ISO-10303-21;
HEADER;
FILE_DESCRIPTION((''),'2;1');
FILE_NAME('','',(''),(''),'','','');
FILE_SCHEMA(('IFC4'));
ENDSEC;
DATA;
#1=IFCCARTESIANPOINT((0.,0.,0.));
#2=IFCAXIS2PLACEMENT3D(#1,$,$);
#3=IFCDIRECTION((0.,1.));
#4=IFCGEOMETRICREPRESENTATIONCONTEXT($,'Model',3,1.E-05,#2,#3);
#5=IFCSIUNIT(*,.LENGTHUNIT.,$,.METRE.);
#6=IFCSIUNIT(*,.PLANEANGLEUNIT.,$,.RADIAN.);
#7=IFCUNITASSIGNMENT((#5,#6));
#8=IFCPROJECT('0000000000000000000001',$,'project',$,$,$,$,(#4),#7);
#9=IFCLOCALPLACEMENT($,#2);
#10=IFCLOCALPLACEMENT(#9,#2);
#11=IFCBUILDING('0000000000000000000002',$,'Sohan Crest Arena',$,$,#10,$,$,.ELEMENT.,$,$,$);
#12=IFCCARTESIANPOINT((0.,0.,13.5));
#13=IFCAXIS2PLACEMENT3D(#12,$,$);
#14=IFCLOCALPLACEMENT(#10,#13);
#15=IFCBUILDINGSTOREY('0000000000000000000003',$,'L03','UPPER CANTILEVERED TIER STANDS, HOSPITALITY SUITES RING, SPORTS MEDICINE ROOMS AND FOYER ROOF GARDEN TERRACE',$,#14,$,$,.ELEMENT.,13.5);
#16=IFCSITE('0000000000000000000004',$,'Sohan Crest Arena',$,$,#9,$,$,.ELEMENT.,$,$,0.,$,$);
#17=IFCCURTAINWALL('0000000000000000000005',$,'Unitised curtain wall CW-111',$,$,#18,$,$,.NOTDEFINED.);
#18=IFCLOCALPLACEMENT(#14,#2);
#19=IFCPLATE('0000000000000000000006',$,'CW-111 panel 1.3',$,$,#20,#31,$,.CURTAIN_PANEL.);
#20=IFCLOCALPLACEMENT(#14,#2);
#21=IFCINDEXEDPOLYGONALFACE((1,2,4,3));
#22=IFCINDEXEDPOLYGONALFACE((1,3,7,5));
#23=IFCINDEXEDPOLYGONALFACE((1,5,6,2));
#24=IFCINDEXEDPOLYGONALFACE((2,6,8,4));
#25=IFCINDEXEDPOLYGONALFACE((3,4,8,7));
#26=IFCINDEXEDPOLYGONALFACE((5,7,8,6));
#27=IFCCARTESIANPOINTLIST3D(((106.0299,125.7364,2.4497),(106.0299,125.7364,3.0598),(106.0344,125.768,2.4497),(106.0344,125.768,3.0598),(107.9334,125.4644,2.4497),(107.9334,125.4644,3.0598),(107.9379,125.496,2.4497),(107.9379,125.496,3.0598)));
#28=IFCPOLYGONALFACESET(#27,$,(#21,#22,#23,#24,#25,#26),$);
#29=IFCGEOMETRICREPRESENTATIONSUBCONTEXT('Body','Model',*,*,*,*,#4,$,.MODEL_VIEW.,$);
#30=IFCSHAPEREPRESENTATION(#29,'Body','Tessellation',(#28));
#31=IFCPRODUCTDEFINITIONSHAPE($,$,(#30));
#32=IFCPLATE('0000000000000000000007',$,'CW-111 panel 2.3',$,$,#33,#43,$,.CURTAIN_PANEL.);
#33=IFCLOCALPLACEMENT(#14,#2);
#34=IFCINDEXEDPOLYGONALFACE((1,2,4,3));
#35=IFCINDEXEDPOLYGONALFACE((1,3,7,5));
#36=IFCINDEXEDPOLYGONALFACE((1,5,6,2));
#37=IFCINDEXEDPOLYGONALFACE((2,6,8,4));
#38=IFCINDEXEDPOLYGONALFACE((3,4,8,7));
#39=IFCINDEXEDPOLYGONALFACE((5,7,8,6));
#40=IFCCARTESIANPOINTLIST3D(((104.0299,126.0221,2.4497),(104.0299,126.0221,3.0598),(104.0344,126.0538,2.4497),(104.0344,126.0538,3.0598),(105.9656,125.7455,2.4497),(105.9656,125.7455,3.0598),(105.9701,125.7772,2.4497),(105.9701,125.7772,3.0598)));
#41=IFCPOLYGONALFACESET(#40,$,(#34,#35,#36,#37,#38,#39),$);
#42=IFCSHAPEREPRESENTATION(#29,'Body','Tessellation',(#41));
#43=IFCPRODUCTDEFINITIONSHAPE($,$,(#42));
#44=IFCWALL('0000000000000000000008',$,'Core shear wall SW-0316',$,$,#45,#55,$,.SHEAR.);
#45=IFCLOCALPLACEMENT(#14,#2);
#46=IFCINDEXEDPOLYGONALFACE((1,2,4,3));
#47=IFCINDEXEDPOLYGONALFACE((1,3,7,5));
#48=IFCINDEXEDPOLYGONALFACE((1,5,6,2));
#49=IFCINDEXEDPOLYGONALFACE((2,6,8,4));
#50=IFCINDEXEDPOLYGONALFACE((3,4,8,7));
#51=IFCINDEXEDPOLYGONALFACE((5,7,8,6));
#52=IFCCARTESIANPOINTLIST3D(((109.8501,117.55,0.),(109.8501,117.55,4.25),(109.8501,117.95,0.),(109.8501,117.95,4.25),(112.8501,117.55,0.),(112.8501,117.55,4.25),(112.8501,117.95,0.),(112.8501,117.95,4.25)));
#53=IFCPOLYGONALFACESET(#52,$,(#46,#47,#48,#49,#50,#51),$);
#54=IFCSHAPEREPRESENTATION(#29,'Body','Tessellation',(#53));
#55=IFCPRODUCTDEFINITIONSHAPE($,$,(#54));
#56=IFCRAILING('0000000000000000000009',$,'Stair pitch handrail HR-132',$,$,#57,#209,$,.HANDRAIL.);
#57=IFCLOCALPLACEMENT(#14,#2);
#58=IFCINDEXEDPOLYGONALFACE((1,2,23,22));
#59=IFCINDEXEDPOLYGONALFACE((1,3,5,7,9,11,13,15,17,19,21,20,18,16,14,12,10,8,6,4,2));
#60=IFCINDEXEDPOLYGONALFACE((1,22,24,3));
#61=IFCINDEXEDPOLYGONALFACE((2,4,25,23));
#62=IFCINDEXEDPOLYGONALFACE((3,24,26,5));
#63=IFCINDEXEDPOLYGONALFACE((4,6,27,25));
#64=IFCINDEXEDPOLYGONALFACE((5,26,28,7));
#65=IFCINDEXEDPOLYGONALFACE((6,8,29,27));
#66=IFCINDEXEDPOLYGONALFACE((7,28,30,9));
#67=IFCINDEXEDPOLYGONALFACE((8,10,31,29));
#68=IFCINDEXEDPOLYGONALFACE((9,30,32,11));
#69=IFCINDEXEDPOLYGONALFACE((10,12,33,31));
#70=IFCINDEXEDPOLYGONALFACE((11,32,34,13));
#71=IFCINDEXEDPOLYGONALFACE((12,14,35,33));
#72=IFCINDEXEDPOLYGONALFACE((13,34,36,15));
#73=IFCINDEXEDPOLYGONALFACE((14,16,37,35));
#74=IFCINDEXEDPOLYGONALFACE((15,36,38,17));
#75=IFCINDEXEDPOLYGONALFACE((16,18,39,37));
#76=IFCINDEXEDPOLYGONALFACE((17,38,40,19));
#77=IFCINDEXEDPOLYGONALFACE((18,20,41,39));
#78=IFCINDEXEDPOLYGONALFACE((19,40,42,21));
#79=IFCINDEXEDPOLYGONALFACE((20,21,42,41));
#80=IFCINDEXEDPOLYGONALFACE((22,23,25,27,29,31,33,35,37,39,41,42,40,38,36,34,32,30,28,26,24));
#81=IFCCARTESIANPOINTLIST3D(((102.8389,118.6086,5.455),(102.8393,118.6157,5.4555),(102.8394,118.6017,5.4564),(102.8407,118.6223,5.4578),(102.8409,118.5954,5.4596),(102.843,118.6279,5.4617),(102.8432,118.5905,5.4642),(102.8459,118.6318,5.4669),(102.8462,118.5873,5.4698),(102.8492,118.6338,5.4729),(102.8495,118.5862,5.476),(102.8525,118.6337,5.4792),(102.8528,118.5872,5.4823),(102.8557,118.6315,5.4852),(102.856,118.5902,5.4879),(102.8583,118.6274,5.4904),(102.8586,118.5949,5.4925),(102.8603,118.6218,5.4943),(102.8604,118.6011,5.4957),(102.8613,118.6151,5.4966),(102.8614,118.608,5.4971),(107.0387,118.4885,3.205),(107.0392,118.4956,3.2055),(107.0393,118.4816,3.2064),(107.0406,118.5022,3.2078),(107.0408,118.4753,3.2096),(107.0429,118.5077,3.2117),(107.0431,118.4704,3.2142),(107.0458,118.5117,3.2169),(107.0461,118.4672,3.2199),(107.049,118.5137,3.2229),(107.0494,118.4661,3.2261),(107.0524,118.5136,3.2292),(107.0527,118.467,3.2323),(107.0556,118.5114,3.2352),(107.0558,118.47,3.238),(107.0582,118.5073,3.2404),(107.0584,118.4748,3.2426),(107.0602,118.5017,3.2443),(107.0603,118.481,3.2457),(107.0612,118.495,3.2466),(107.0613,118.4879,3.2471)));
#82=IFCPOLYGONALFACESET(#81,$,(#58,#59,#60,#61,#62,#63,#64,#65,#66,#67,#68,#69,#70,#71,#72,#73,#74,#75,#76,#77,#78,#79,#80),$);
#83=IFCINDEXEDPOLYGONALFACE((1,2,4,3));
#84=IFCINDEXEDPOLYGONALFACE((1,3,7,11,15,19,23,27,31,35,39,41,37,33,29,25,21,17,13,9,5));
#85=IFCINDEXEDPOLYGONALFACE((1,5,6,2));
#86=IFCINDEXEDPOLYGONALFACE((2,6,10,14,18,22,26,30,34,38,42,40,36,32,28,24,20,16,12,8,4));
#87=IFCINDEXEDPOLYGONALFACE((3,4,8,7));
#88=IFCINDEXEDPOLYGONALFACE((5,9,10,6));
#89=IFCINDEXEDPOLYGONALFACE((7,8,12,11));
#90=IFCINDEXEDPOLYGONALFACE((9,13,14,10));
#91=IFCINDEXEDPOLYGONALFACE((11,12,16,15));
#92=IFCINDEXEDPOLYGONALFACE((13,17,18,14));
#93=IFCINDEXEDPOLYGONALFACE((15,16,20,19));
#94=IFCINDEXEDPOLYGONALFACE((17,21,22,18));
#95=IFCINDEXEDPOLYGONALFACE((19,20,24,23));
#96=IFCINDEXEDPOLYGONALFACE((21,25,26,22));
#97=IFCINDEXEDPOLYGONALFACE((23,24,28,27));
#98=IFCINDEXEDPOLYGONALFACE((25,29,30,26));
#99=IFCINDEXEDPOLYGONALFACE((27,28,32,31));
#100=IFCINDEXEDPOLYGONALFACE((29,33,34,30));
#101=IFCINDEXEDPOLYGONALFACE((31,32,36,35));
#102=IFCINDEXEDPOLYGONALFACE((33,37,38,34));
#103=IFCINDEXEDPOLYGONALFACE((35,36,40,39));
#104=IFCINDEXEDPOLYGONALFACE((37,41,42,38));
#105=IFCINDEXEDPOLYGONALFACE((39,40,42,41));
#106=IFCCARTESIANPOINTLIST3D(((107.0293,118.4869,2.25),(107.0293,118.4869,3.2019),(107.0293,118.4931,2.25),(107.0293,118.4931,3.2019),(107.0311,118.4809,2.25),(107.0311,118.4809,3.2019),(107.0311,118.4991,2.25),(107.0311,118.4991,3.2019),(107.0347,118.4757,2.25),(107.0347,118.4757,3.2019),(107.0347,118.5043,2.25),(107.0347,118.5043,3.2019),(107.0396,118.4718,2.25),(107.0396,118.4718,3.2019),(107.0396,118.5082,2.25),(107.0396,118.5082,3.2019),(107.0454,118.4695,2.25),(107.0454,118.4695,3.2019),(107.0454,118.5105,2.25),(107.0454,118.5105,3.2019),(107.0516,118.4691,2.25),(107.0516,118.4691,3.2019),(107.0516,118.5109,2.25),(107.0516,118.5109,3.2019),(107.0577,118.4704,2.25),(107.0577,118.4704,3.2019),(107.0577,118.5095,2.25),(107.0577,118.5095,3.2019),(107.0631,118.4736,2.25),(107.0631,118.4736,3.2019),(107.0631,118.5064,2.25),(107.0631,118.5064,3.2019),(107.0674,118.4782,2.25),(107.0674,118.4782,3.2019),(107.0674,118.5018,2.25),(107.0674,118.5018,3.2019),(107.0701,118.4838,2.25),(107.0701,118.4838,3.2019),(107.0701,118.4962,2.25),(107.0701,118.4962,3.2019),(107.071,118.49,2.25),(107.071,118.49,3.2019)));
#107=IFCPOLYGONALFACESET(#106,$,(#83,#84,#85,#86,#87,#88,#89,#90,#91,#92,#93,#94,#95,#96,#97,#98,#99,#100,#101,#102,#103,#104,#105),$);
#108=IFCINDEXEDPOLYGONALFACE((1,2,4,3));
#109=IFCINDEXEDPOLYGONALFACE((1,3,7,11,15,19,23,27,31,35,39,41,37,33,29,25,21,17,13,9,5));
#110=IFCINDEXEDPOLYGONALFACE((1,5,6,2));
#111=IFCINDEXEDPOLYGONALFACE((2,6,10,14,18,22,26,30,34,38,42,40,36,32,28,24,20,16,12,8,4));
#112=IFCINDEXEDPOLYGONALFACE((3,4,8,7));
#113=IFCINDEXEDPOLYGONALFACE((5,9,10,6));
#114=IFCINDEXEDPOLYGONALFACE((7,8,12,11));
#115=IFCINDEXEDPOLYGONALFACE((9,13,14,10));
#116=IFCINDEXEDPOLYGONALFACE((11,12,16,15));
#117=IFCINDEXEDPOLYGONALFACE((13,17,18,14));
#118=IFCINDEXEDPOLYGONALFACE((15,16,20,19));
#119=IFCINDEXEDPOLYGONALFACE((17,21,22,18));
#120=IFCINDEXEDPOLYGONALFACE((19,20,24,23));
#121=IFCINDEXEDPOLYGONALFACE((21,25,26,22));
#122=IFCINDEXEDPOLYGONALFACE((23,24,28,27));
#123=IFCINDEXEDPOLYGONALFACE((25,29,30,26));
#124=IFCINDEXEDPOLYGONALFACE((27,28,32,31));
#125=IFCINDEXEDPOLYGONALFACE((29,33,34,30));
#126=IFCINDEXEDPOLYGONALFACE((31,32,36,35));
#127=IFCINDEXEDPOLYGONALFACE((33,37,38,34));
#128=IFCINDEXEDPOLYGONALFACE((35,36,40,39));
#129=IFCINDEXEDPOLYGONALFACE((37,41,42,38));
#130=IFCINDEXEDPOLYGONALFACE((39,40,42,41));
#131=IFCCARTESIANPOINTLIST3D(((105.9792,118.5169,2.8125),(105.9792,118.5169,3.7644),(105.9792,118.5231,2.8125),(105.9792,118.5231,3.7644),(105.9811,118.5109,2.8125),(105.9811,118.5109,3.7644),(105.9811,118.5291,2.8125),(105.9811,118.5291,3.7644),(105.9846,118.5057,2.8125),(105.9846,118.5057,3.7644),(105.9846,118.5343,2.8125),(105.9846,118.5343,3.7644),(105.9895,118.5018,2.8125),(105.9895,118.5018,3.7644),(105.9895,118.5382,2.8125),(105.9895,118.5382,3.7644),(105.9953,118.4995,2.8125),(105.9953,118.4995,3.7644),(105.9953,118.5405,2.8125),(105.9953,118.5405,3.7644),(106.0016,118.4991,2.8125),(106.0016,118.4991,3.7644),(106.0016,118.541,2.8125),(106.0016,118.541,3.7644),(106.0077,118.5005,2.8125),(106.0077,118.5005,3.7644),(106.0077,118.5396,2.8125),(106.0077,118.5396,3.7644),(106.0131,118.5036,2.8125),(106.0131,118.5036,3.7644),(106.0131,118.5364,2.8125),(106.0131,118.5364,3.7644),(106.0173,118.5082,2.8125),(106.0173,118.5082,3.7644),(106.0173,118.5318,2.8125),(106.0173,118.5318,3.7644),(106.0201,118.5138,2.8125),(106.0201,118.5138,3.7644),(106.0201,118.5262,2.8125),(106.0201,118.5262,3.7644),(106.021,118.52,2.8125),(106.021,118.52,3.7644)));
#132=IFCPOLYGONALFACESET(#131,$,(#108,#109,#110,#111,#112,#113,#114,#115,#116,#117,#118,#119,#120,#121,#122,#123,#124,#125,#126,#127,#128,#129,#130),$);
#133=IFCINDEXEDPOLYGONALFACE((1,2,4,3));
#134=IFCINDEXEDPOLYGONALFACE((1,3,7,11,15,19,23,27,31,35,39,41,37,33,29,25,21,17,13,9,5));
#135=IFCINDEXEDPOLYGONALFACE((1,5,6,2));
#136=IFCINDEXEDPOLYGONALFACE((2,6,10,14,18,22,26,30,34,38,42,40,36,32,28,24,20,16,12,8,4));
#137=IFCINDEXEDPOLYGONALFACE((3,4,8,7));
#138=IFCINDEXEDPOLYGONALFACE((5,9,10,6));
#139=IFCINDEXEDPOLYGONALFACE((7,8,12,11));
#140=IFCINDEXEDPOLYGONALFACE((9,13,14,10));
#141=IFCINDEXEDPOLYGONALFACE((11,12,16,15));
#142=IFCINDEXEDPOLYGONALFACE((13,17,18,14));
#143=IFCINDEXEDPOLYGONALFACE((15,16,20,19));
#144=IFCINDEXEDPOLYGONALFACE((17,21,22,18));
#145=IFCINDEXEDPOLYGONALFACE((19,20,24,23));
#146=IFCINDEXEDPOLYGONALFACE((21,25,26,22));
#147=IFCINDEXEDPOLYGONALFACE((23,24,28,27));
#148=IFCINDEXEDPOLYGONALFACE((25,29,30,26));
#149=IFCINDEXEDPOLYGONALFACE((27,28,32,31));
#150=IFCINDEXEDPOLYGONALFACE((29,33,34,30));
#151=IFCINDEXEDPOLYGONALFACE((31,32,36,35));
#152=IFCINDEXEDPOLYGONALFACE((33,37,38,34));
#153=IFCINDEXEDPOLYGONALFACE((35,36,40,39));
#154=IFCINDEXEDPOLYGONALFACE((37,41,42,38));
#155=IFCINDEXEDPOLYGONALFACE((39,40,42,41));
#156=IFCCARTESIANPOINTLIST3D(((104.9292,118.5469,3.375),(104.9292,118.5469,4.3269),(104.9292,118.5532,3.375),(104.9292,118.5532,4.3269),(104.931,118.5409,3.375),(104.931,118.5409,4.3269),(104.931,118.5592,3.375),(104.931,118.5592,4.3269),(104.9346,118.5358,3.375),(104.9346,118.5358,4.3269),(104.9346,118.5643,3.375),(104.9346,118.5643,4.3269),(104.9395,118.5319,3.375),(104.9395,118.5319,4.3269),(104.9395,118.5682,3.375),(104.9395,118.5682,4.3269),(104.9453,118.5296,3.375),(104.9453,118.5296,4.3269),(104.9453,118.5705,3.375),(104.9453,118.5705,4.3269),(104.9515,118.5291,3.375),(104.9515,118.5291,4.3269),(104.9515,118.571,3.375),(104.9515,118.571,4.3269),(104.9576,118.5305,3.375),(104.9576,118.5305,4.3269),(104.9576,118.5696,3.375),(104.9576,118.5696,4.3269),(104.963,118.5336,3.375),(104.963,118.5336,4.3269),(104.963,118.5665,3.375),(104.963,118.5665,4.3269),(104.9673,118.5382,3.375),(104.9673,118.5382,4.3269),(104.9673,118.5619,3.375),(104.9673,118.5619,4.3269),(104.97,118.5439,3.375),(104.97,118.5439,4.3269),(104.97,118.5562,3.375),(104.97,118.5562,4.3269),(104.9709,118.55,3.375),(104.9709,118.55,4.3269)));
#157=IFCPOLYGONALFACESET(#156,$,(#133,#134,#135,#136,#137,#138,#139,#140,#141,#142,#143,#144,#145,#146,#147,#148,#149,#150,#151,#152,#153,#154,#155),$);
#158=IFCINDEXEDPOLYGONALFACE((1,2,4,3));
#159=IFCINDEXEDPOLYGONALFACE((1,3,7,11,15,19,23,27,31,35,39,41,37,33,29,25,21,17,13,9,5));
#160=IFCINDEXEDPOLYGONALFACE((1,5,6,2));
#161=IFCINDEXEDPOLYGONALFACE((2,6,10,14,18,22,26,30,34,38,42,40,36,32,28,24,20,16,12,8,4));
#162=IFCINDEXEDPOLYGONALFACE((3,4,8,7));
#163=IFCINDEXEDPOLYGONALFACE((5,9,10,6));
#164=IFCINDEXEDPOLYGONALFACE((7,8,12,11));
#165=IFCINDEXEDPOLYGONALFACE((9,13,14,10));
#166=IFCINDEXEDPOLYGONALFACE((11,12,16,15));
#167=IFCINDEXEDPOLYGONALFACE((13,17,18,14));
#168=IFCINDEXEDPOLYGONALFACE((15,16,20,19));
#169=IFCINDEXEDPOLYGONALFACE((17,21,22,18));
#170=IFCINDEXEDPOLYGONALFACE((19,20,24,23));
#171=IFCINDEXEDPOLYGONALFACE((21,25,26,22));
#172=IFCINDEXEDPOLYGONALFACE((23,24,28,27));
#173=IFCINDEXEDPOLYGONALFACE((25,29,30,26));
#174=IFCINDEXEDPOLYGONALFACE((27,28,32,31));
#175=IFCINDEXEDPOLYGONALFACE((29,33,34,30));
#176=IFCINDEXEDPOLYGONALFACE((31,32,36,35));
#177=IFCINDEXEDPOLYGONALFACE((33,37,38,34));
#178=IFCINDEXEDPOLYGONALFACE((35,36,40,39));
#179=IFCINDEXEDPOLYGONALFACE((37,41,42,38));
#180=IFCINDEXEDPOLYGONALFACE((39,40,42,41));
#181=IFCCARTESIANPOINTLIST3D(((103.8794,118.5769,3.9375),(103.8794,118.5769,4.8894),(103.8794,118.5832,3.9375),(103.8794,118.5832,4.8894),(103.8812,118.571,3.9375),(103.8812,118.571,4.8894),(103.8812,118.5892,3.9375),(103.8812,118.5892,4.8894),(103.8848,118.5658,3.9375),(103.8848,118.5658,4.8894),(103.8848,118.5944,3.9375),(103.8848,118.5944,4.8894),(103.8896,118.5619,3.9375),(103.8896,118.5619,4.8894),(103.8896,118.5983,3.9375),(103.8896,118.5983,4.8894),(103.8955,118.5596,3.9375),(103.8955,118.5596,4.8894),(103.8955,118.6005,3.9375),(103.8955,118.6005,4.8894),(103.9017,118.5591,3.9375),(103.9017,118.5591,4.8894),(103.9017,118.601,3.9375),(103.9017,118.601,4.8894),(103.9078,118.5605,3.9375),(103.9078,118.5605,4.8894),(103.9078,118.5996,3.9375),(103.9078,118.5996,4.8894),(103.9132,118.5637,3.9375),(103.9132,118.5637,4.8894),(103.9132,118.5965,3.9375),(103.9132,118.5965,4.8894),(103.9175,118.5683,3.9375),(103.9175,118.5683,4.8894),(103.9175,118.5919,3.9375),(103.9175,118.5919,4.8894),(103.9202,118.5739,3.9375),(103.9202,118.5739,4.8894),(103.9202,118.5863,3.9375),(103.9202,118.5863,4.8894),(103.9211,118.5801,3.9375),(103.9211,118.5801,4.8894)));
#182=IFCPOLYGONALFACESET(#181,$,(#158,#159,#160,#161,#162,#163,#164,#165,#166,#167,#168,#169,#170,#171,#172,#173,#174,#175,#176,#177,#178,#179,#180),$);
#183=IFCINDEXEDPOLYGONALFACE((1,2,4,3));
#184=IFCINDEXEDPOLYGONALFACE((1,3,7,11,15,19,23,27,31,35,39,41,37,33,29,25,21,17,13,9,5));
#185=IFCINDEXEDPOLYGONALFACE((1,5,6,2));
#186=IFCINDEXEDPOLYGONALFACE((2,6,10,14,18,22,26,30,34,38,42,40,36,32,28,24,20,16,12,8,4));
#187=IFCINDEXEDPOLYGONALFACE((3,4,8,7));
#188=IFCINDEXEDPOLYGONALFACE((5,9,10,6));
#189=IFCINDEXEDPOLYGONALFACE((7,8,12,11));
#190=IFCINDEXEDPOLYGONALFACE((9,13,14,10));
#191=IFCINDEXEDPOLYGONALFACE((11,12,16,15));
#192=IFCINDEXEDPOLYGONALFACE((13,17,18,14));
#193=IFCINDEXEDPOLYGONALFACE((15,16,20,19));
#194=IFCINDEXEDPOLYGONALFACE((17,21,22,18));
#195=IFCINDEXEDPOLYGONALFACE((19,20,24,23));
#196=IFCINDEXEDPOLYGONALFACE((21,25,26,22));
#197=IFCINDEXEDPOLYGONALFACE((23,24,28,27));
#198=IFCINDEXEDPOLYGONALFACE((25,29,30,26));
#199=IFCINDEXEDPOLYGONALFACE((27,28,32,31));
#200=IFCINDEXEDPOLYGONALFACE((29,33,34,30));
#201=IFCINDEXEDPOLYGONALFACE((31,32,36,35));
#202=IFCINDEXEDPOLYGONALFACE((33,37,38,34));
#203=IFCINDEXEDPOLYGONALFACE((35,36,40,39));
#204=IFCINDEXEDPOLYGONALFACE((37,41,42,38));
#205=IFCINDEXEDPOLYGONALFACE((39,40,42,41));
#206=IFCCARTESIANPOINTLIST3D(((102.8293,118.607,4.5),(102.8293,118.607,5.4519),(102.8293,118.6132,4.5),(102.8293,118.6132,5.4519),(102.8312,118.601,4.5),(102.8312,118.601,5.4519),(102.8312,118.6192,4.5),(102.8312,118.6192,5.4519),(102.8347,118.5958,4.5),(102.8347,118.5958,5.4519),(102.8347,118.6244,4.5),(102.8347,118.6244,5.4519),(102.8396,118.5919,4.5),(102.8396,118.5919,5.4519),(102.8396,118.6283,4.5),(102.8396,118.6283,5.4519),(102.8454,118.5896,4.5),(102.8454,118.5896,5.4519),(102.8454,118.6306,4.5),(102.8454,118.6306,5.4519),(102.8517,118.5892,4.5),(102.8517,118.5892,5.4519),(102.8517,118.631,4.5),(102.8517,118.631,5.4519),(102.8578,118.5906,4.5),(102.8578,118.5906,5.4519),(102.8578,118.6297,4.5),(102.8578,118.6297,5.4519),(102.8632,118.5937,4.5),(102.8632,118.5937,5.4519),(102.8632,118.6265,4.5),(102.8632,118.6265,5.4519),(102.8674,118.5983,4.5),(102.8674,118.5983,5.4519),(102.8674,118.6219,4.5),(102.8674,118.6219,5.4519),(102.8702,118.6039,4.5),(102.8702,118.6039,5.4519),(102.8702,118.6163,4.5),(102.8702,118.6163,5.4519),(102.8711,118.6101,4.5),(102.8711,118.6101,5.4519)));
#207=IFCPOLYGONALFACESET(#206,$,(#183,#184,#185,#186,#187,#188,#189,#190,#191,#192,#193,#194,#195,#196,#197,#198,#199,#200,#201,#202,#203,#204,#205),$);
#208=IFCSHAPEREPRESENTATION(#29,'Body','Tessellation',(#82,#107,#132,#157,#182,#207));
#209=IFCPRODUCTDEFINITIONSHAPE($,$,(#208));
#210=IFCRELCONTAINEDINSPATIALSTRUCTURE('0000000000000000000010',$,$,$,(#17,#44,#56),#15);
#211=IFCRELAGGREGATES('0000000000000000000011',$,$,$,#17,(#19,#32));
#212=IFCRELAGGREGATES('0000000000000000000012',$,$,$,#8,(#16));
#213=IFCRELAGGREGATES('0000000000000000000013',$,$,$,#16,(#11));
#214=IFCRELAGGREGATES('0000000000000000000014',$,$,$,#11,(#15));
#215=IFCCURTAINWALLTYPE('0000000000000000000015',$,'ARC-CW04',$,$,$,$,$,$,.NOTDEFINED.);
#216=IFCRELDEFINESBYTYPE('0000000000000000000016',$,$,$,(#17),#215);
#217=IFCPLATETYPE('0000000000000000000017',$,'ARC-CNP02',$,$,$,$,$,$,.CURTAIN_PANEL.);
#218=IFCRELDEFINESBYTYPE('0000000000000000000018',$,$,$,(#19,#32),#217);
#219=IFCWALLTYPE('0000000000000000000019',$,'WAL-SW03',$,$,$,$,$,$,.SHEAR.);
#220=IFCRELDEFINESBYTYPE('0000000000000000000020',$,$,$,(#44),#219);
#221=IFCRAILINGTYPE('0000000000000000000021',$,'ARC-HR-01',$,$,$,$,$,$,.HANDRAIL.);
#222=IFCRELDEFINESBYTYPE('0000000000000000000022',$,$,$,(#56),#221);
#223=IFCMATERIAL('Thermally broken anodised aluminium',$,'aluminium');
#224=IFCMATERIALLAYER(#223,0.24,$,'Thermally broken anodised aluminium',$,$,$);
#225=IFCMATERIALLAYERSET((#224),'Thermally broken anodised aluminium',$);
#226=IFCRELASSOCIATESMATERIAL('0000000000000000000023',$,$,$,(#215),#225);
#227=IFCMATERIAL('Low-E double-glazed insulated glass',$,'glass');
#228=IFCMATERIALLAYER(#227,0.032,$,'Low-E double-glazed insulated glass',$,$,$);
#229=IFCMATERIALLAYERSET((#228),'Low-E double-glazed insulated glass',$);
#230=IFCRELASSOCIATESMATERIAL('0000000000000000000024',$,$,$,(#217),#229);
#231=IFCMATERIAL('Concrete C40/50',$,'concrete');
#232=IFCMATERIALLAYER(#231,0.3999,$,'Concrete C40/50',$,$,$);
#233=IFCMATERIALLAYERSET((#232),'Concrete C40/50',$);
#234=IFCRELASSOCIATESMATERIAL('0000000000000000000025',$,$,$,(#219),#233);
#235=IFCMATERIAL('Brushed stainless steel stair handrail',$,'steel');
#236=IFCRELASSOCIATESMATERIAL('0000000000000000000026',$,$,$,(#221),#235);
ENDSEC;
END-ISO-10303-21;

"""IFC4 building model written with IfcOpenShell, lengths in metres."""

from ifc_helpers import new_model, si_unit, direction, frame, frame_2d, origin, origin_2d, place, context, subcontext, project, spatial, rectangle, circle, extrude, material, layer, layer_set, type_object, element, aggregate, save


model = new_model("IFC4")

# Units and contexts
model_context = context("Model", 3, precision=1e-05, world=origin(), true_north=direction((0.0, 1.0)))
body_context = subcontext(model_context, "Body", "Model", "MODEL_VIEW")
ifc_project = project(units=[si_unit("LENGTHUNIT", "METRE"), si_unit("PLANEANGLEUNIT", "RADIAN")], contexts=[model_context])

# Site, building, storey
site_placement = place(None, origin())
site = spatial("IfcSite", under=ifc_project, at=site_placement, Name="Sohan Crest Arena", CompositionType="ELEMENT", RefElevation=0.0)
building_placement = place(site_placement, origin())
building = spatial("IfcBuilding", under=site, at=building_placement, Name="Sohan Crest Arena", CompositionType="ELEMENT")
storey_placement = place(building_placement, frame((0.0, 0.0, 13.5)))
storey = spatial("IfcBuildingStorey", under=building, at=storey_placement, Name="L03", Description="UPPER CANTILEVERED TIER STANDS, HOSPITALITY SUITES RING, SPORTS MEDICINE ROOMS AND FOYER ROOF GARDEN TERRACE", CompositionType="ELEMENT", Elevation=13.5)

# Curtain wall
ifc_material_1 = material(Name="Thermally broken anodised aluminium", Category="aluminium")
ifc_layer_1 = layer(ifc_material_1, 0.24, Name="Thermally broken anodised aluminium")
ifc_layer_set_1 = layer_set([ifc_layer_1], Name="Thermally broken anodised aluminium")
curtain_wall_type_1 = type_object("IfcCurtainWallType", Name="ARC-CW04", PredefinedType="NOTDEFINED", material=ifc_layer_set_1)
curtain_wall_1_placement = place(storey_placement, origin())
curtain_wall_1 = element("IfcCurtainWall", 1, at=curtain_wall_1_placement, inside=storey, type_object=curtain_wall_type_1, Name="Unitised curtain wall CW-111", PredefinedType="NOTDEFINED")

# Plates
ifc_material_2 = material(Name="Low-E double-glazed insulated glass", Category="glass")
ifc_layer_2 = layer(ifc_material_2, 0.032, Name="Low-E double-glazed insulated glass")
ifc_layer_set_2 = layer_set([ifc_layer_2], Name="Low-E double-glazed insulated glass")
plate_type_1 = type_object("IfcPlateType", Name="ARC-CNP02", PredefinedType="CURTAIN_PANEL", material=ifc_layer_set_2)
plate_1_placement = place(storey_placement, frame((106.9839, 125.6162, 2.4497), z_axis=(0.0, 0.0, 1.0), x_axis=(-0.989944, 0.141463, 0.0)))
plate_1 = element("IfcPlate", 2, at=plate_1_placement, type_object=plate_type_1, Name="CW-111 panel 1.3", PredefinedType="CURTAIN_PANEL", context=body_context, shape_type="SweptSolid", body=[
    extrude(rectangle(XDim=1.9229, YDim=0.032, at=origin_2d()), origin(), (0.0, 0.0, 1.0), 0.6101),
])
plate_2_placement = place(storey_placement, frame((105.0, 125.8997, 2.4497), z_axis=(0.0, 0.0, 1.0), x_axis=(-0.989944, 0.141463, 0.0)))
plate_2 = element("IfcPlate", 3, at=plate_2_placement, type_object=plate_type_1, Name="CW-111 panel 2.3", PredefinedType="CURTAIN_PANEL", context=body_context, shape_type="SweptSolid", body=[
    extrude(rectangle(XDim=1.9553, YDim=0.032, at=origin_2d()), origin(), (0.0, 0.0, 1.0), 0.6101),
])
aggregate(curtain_wall_1, [plate_1, plate_2])

# Wall
ifc_material_3 = material(Name="Concrete C40/50", Category="concrete")
ifc_layer_3 = layer(ifc_material_3, 0.3999, Name="Concrete C40/50")
ifc_layer_set_3 = layer_set([ifc_layer_3], Name="Concrete C40/50")
wall_type = type_object("IfcWallType", Name="WAL-SW03", PredefinedType="SHEAR", material=ifc_layer_set_3)
wall_placement = place(storey_placement, frame((109.8501, 117.75, 0.0), z_axis=(0.0, 0.0, 1.0), x_axis=(1.0, 0.0, 0.0)))
element("IfcWall", 4, at=wall_placement, inside=storey, type_object=wall_type, Name="Core shear wall SW-0316", PredefinedType="SHEAR", context=body_context, shape_type="SweptSolid", body=[
    extrude(rectangle(XDim=3.0, YDim=0.3999, at=frame_2d((1.5, 0.0))), origin(), (0.0, 0.0, 1.0), 4.25),
])

# Railing
ifc_material_4 = material(Name="Brushed stainless steel stair handrail", Category="steel")
railing_type = type_object("IfcRailingType", Name="ARC-HR-01", PredefinedType="HANDRAIL", material=ifc_material_4)
railing_placement = place(storey_placement, frame((107.05, 118.49, 2.25)))
element("IfcRailing", 5, at=railing_placement, inside=storey, type_object=railing_type, Name="Stair pitch handrail HR-132", PredefinedType="HANDRAIL", context=body_context, shape_type="SweptSolid", body=[
    extrude(circle(Radius=0.0239, at=origin_2d()), frame((0.0, 0.0, 0.9761), z_axis=(-0.881198, 0.025202, 0.472076), x_axis=(-0.028588, -0.999591, 0.0)), (0.0, 0.0, 1.0), 4.7661),
    extrude(circle(Radius=0.021, at=origin_2d()), origin(), (0.0, 0.0, 1.0), 0.9519),
    extrude(circle(Radius=0.021, at=origin_2d()), frame((-1.05, 0.03, 0.5625)), (0.0, 0.0, 1.0), 0.9519),
    extrude(circle(Radius=0.021, at=origin_2d()), frame((-2.1001, 0.0601, 1.125)), (0.0, 0.0, 1.0), 0.9519),
    extrude(circle(Radius=0.021, at=origin_2d()), frame((-3.1499, 0.0901, 1.6875)), (0.0, 0.0, 1.0), 0.9519),
    extrude(circle(Radius=0.021, at=origin_2d()), frame((-4.2, 0.1201, 2.25)), (0.0, 0.0, 1.0), 0.9519),
])

save(model, "model.ifc")
